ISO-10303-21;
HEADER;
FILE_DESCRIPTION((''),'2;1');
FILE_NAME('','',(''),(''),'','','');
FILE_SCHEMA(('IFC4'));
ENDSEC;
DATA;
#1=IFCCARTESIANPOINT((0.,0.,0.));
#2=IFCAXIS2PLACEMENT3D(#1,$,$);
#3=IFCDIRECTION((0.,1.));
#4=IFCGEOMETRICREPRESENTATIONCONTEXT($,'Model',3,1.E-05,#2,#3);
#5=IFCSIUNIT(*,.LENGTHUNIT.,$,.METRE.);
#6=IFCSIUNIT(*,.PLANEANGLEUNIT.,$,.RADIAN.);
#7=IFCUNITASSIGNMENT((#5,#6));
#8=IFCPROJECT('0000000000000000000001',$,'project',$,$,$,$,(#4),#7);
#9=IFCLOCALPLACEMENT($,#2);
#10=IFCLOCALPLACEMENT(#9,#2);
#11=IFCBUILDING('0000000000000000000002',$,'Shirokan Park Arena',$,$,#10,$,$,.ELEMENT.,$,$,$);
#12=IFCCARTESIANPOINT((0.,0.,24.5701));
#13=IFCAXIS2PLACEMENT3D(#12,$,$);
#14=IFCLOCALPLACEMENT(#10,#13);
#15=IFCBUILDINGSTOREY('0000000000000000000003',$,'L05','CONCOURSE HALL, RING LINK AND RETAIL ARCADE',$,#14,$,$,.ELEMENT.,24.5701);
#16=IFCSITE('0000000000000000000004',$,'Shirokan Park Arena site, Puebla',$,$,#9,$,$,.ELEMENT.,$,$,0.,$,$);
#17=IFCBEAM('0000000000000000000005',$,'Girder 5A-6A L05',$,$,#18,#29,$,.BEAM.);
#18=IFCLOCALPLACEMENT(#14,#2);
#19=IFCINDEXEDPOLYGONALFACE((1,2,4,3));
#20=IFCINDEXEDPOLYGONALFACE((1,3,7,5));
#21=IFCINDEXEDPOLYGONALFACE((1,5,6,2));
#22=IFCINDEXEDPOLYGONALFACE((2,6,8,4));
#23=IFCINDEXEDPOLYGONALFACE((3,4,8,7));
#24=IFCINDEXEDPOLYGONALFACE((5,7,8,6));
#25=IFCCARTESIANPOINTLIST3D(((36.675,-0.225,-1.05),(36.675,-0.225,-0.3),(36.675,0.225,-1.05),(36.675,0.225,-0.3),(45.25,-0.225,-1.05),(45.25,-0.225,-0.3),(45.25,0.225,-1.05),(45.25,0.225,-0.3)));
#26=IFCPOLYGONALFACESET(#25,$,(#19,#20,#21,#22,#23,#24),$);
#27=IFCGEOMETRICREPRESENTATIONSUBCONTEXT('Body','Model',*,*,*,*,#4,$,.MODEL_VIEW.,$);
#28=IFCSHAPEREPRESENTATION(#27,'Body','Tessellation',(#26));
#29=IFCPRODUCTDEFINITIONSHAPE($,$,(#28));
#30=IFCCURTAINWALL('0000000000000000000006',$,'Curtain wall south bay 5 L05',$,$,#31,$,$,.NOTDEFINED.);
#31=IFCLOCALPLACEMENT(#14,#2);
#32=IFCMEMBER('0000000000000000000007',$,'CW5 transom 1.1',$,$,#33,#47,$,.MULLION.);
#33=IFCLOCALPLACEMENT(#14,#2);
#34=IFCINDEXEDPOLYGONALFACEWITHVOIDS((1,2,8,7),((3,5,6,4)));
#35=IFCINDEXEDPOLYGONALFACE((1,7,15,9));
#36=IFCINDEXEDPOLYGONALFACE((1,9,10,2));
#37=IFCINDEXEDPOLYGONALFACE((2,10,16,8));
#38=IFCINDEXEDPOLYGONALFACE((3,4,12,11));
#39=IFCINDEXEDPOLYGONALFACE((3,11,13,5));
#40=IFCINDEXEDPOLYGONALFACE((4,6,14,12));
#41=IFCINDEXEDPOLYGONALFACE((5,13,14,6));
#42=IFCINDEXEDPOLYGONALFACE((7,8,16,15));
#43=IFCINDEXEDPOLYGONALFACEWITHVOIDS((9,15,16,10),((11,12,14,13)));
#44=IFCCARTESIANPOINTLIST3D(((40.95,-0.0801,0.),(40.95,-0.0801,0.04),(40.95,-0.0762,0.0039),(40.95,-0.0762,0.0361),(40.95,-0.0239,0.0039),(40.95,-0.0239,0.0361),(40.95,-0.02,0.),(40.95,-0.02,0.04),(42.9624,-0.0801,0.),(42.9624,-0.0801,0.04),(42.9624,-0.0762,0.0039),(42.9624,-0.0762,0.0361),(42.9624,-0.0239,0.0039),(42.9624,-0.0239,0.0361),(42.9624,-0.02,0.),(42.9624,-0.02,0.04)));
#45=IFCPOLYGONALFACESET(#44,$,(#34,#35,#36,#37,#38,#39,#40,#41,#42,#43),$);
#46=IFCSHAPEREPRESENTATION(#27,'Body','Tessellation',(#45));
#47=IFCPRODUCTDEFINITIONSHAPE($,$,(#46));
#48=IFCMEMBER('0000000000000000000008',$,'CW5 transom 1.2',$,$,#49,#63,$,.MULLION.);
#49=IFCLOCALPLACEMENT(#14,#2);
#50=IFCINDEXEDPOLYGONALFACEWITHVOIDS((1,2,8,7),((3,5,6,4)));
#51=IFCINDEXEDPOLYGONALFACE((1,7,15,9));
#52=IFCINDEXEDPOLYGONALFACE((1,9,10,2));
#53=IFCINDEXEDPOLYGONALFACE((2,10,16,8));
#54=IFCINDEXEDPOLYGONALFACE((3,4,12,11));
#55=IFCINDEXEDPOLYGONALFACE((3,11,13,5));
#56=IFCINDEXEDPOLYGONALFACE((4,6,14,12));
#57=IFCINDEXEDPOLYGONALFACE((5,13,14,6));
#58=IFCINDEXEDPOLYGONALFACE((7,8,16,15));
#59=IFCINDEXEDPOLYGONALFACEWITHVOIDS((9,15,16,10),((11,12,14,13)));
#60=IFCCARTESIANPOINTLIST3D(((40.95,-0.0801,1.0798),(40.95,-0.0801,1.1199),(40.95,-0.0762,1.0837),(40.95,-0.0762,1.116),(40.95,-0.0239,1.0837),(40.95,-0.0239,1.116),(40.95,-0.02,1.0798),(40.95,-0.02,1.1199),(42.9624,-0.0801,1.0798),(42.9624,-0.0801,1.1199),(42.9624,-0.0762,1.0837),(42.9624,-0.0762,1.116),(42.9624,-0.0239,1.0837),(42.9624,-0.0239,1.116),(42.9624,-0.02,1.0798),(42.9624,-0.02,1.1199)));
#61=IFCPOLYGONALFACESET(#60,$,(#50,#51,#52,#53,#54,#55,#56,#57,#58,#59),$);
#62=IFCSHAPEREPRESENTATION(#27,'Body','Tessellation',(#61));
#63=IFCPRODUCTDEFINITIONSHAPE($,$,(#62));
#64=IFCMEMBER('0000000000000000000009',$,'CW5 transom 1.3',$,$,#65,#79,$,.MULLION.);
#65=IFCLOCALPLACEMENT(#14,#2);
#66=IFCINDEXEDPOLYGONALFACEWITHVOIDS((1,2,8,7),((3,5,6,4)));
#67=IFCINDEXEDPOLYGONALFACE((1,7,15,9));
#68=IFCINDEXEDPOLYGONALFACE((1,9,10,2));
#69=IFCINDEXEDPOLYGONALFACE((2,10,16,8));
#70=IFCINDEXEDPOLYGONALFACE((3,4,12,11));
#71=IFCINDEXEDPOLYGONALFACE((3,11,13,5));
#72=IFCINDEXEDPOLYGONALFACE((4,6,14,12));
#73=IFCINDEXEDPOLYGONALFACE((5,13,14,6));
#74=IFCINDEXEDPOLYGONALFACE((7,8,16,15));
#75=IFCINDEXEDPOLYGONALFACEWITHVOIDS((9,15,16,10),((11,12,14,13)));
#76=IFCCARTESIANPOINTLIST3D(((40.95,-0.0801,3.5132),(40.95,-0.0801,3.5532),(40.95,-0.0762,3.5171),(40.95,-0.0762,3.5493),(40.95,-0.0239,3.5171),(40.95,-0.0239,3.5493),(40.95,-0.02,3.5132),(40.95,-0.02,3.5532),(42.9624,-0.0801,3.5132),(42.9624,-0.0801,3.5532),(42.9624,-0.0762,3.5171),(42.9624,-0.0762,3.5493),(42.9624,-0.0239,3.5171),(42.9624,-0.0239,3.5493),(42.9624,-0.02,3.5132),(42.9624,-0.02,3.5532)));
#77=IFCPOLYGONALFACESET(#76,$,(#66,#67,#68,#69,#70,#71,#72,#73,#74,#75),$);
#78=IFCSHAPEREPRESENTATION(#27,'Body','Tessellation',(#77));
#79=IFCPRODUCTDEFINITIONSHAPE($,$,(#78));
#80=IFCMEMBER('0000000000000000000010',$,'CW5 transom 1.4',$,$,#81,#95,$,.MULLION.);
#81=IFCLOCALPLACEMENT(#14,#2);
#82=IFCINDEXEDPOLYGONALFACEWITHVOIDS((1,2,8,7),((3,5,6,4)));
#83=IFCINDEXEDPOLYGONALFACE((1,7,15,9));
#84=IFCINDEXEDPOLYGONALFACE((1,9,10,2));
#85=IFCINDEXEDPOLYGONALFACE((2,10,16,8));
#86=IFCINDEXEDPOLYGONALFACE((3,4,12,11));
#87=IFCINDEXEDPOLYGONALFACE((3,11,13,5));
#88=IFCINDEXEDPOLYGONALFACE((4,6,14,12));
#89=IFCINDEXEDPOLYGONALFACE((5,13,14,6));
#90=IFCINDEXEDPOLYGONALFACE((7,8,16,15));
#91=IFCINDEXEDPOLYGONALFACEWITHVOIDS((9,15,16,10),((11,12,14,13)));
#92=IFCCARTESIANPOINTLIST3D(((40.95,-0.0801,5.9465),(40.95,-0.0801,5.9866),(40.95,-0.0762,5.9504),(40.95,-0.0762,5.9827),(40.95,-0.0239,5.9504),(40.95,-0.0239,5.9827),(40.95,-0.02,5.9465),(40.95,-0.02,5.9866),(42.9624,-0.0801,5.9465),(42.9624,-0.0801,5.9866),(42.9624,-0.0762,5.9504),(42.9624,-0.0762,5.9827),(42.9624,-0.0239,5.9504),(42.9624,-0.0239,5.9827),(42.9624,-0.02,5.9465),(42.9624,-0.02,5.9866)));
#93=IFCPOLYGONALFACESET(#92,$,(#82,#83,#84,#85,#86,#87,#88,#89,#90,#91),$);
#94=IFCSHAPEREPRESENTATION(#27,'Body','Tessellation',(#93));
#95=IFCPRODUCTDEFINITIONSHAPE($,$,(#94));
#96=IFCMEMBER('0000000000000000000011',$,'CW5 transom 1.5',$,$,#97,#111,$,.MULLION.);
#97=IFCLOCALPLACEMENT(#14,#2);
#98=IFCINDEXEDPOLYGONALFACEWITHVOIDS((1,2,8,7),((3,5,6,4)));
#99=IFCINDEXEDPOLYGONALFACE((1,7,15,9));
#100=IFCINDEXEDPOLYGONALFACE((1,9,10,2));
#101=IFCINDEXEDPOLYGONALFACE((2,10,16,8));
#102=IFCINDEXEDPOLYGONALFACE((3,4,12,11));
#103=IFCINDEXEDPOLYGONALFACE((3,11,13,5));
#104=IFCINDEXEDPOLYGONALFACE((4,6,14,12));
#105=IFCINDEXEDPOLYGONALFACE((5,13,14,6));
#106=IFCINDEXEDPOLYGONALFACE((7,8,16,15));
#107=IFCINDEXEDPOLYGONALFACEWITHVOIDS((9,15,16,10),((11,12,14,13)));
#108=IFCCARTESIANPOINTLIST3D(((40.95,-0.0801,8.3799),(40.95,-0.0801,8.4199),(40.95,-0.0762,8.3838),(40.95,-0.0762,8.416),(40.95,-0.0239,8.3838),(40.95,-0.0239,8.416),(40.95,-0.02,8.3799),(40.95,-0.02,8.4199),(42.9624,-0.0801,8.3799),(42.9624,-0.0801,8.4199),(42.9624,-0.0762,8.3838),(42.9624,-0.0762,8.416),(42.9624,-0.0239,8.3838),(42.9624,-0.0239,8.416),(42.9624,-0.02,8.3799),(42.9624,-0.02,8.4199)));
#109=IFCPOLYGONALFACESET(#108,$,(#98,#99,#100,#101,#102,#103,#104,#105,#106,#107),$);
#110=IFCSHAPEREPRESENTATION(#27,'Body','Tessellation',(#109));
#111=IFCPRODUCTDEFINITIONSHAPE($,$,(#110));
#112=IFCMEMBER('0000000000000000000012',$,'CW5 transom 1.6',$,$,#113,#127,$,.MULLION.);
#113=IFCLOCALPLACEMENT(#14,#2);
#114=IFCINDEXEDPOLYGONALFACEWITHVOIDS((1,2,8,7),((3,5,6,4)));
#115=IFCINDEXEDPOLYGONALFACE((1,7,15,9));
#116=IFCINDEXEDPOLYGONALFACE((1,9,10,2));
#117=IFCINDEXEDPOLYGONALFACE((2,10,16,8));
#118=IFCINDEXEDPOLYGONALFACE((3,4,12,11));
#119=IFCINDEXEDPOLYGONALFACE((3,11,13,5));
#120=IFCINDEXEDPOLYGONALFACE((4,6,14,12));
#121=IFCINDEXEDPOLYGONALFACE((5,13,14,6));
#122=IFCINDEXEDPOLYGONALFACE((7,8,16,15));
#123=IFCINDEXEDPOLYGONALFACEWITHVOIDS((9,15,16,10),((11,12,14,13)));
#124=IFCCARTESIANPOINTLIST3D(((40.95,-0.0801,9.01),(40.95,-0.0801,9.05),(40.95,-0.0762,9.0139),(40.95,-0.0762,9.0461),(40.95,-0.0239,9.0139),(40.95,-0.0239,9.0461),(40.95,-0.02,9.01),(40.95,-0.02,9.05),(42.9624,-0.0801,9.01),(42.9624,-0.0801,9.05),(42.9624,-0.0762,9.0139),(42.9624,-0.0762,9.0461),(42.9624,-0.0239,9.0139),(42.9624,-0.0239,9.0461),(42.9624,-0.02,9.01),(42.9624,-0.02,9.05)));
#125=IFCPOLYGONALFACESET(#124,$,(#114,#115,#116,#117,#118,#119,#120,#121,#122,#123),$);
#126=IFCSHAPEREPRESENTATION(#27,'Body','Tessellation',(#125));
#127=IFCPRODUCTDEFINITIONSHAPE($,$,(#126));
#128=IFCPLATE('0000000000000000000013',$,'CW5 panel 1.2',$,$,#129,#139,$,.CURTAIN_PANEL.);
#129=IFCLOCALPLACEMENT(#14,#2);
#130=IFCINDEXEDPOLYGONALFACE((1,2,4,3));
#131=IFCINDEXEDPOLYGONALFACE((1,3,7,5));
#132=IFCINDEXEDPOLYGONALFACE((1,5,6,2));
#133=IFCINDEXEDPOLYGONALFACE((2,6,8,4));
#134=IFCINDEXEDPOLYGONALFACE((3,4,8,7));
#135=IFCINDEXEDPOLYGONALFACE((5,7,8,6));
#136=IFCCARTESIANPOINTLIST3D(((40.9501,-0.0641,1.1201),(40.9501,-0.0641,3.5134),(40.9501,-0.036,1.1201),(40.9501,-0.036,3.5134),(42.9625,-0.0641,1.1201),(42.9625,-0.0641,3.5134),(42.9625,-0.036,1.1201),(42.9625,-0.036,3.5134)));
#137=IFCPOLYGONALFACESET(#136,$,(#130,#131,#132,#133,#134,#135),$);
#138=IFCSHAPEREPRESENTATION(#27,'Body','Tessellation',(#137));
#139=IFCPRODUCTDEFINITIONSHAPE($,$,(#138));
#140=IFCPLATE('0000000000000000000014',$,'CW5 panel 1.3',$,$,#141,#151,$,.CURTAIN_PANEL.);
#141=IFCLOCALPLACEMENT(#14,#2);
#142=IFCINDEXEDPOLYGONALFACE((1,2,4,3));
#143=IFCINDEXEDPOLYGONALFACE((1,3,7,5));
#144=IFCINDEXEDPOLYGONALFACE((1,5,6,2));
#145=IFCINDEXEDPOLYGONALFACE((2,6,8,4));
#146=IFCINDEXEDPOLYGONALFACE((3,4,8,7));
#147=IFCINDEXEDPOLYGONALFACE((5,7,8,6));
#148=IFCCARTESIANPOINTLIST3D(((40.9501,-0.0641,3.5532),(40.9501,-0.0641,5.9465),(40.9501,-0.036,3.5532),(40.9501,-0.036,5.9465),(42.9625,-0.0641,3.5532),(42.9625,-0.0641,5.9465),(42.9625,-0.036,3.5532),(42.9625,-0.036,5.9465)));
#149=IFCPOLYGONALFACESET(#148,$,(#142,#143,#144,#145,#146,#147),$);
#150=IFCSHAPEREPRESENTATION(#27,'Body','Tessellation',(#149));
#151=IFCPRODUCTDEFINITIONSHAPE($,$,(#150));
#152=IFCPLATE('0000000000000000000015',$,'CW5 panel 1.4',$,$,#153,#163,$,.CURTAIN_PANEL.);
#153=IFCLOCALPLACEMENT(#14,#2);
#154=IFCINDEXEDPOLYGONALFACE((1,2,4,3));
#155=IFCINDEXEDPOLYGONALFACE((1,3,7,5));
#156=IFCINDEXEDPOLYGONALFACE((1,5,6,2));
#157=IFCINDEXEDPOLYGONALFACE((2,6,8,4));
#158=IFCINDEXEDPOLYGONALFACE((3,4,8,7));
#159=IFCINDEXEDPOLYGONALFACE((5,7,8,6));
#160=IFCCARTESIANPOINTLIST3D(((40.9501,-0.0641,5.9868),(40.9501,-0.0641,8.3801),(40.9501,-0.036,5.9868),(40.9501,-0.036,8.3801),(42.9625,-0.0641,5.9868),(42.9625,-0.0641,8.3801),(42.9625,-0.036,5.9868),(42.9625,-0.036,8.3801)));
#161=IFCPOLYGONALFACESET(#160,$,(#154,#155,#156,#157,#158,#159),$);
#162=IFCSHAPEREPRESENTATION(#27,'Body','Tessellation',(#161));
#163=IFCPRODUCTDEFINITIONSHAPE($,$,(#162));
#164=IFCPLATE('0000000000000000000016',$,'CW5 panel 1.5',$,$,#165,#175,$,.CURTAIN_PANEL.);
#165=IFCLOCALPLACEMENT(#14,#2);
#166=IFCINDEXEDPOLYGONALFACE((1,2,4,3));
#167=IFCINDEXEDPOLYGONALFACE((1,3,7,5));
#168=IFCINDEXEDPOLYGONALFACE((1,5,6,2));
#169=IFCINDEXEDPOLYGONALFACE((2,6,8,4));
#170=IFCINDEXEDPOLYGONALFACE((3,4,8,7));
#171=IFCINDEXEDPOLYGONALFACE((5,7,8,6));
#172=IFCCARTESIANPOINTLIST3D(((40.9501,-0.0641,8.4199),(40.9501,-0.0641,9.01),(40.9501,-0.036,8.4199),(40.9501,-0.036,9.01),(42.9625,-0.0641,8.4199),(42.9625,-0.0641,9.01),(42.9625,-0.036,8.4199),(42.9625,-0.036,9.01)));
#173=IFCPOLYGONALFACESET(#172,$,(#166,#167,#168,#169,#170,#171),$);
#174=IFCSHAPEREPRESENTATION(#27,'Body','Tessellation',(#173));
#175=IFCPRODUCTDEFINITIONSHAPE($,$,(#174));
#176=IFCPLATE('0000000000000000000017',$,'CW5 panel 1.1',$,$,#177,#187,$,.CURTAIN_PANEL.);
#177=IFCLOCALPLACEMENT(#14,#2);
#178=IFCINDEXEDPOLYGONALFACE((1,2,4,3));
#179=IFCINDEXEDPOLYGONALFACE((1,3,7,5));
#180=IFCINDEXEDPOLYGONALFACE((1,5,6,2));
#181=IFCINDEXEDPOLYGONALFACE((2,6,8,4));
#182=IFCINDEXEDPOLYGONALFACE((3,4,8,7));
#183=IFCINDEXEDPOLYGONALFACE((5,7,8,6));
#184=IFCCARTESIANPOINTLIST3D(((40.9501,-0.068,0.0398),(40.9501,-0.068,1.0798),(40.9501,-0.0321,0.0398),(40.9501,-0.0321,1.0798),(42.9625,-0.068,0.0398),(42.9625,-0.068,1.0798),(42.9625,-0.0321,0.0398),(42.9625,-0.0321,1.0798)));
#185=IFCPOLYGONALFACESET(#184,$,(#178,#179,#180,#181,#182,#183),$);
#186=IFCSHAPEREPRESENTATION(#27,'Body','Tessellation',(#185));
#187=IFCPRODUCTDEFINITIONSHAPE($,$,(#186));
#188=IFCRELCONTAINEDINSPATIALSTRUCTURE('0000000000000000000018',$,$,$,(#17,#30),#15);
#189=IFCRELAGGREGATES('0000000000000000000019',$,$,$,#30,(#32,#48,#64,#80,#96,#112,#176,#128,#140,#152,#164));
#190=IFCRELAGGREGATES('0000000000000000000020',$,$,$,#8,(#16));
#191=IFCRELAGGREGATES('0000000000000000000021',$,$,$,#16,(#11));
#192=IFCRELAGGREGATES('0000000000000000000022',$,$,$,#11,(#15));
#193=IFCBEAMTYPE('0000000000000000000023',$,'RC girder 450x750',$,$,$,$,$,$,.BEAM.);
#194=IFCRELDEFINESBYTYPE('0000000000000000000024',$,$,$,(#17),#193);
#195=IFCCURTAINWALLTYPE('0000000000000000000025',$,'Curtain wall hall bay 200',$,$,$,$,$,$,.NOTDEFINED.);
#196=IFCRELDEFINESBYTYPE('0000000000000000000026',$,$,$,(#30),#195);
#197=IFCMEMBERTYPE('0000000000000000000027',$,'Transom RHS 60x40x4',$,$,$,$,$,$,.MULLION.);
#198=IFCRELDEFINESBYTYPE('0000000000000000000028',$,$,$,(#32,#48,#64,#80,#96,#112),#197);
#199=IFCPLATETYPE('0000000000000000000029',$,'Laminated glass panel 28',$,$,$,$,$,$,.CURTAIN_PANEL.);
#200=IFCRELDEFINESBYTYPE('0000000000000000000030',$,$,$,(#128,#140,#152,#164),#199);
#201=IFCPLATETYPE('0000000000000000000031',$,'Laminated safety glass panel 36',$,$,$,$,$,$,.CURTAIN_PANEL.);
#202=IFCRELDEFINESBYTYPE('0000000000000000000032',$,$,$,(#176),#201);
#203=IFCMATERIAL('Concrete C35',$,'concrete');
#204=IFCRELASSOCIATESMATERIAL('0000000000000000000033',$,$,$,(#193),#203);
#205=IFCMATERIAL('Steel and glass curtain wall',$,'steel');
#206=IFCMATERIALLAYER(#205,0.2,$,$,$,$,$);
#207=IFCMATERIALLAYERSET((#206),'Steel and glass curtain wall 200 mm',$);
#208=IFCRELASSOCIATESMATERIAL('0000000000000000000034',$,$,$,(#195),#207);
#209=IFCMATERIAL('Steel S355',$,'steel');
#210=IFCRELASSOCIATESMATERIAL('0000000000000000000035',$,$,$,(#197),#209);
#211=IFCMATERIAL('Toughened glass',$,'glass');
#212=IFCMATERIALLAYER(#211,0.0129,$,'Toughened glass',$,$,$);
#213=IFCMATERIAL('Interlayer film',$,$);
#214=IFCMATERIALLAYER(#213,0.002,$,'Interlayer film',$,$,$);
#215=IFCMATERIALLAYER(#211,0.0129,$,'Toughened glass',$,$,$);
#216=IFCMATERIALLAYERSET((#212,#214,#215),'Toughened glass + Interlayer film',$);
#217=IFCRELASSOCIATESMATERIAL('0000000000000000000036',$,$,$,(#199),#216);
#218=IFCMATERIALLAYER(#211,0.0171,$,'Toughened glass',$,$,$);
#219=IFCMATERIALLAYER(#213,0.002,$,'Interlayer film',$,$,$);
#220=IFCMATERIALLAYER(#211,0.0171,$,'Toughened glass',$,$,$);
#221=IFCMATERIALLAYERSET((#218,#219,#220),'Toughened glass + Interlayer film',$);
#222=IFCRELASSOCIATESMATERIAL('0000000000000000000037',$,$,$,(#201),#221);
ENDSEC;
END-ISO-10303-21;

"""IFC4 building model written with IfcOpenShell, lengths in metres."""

from ifc_helpers import new_model, si_unit, direction, frame, origin, origin_2d, place, context, subcontext, project, spatial, rectangle, hollow_rectangle, extrude, material, layer, layer_set, material_profile, profile_set, type_object, element, aggregate, save


model = new_model("IFC4")

# Units and contexts
model_context = context("Model", 3, precision=1e-05, world=origin(), true_north=direction((0.0, 1.0)))
body_context = subcontext(model_context, "Body", "Model", "MODEL_VIEW")
ifc_project = project(units=[si_unit("LENGTHUNIT", "METRE"), si_unit("PLANEANGLEUNIT", "RADIAN")], contexts=[model_context])

# Site, building, storey
site_placement = place(None, origin())
site = spatial("IfcSite", under=ifc_project, at=site_placement, Name="Shirokan Park Arena site, Puebla", CompositionType="ELEMENT", RefElevation=0.0)
building_placement = place(site_placement, origin())
building = spatial("IfcBuilding", under=site, at=building_placement, Name="Shirokan Park Arena", CompositionType="ELEMENT")
storey_placement = place(building_placement, frame((0.0, 0.0, 24.5701)))
storey = spatial("IfcBuildingStorey", under=building, at=storey_placement, Name="L05", Description="CONCOURSE HALL, RING LINK AND RETAIL ARCADE", CompositionType="ELEMENT", Elevation=24.5701)

# Beam
ifc_material_1 = material(Name="Concrete C35", Category="concrete")
ifc_material_profile_1 = material_profile(ifc_material_1, rectangle(XDim=0.45, YDim=0.75, at=origin_2d()), Name="450x750")
ifc_profile_set_1 = profile_set([ifc_material_profile_1], Name="Concrete C35")
beam_type = type_object("IfcBeamType", Name="RC girder 450x750", PredefinedType="BEAM", material=ifc_profile_set_1)
beam_placement = place(storey_placement, frame((36.675, 0.0, -0.675), z_axis=(1.0, 0.0, 0.0), x_axis=(0.0, 1.0, 0.0)))
element("IfcBeam", 1, at=beam_placement, inside=storey, type_object=beam_type, Name="Girder 5A-6A L05", PredefinedType="BEAM", context=body_context, shape_type="SweptSolid", body=[
    extrude(rectangle(XDim=0.45, YDim=0.75, at=origin_2d()), origin(), (0.0, 0.0, 1.0), 8.575),
])

# Curtain wall, members, plates
ifc_material_2 = material(Name="Steel and glass curtain wall", Category="steel")
ifc_layer_1 = layer(ifc_material_2, 0.2)
ifc_layer_set_1 = layer_set([ifc_layer_1], Name="Steel and glass curtain wall 200 mm")
curtain_wall_type = type_object("IfcCurtainWallType", Name="Curtain wall hall bay 200", PredefinedType="NOTDEFINED", material=ifc_layer_set_1)
curtain_wall_placement = place(storey_placement, origin())
curtain_wall = element("IfcCurtainWall", 2, at=curtain_wall_placement, inside=storey, type_object=curtain_wall_type, Name="Curtain wall south bay 5 L05", PredefinedType="NOTDEFINED")
ifc_material_3 = material(Name="Steel S355", Category="steel")
ifc_material_profile_2 = material_profile(ifc_material_3, hollow_rectangle(XDim=0.0601, YDim=0.04, WallThickness=0.0039, at=origin_2d()), Name="RHS 60x40x4")
ifc_profile_set_2 = profile_set([ifc_material_profile_2], Name="Steel S355")
member_type = type_object("IfcMemberType", Name="Transom RHS 60x40x4", PredefinedType="MULLION", material=ifc_profile_set_2)
member_1_placement = place(storey_placement, frame((40.95, -0.05, 0.02), z_axis=(1.0, 0.0, 0.0), x_axis=(0.0, 1.0, 0.0)))
member_1 = element("IfcMember", 3, at=member_1_placement, type_object=member_type, Name="CW5 transom 1.1", PredefinedType="MULLION", context=body_context, shape_type="SweptSolid", body=[
    extrude(hollow_rectangle(XDim=0.0601, YDim=0.04, WallThickness=0.0039, at=origin_2d()), origin(), (0.0, 0.0, 1.0), 2.0125),
])
member_2_placement = place(storey_placement, frame((40.95, -0.05, 1.0999), z_axis=(1.0, 0.0, 0.0), x_axis=(0.0, 1.0, 0.0)))
member_2 = element("IfcMember", 4, at=member_2_placement, type_object=member_type, Name="CW5 transom 1.2", PredefinedType="MULLION", context=body_context, shape_type="SweptSolid", body=[
    extrude(hollow_rectangle(XDim=0.0601, YDim=0.04, WallThickness=0.0039, at=origin_2d()), origin(), (0.0, 0.0, 1.0), 2.0125),
])
member_3_placement = place(storey_placement, frame((40.95, -0.05, 3.5332), z_axis=(1.0, 0.0, 0.0), x_axis=(0.0, 1.0, 0.0)))
member_3 = element("IfcMember", 5, at=member_3_placement, type_object=member_type, Name="CW5 transom 1.3", PredefinedType="MULLION", context=body_context, shape_type="SweptSolid", body=[
    extrude(hollow_rectangle(XDim=0.0601, YDim=0.04, WallThickness=0.0039, at=origin_2d()), origin(), (0.0, 0.0, 1.0), 2.0125),
])
member_4_placement = place(storey_placement, frame((40.95, -0.05, 5.9666), z_axis=(1.0, 0.0, 0.0), x_axis=(0.0, 1.0, 0.0)))
member_4 = element("IfcMember", 6, at=member_4_placement, type_object=member_type, Name="CW5 transom 1.4", PredefinedType="MULLION", context=body_context, shape_type="SweptSolid", body=[
    extrude(hollow_rectangle(XDim=0.0601, YDim=0.04, WallThickness=0.0039, at=origin_2d()), origin(), (0.0, 0.0, 1.0), 2.0125),
])
member_5_placement = place(storey_placement, frame((40.95, -0.05, 8.3999), z_axis=(1.0, 0.0, 0.0), x_axis=(0.0, 1.0, 0.0)))
member_5 = element("IfcMember", 7, at=member_5_placement, type_object=member_type, Name="CW5 transom 1.5", PredefinedType="MULLION", context=body_context, shape_type="SweptSolid", body=[
    extrude(hollow_rectangle(XDim=0.0601, YDim=0.04, WallThickness=0.0039, at=origin_2d()), origin(), (0.0, 0.0, 1.0), 2.0125),
])
member_6_placement = place(storey_placement, frame((40.95, -0.05, 9.03), z_axis=(1.0, 0.0, 0.0), x_axis=(0.0, 1.0, 0.0)))
member_6 = element("IfcMember", 8, at=member_6_placement, type_object=member_type, Name="CW5 transom 1.6", PredefinedType="MULLION", context=body_context, shape_type="SweptSolid", body=[
    extrude(hollow_rectangle(XDim=0.0601, YDim=0.04, WallThickness=0.0039, at=origin_2d()), origin(), (0.0, 0.0, 1.0), 2.0125),
])
ifc_material_4 = material(Name="Toughened glass", Category="glass")
ifc_layer_2 = layer(ifc_material_4, 0.0129, Name="Toughened glass")
ifc_material_5 = material(Name="Interlayer film")
ifc_layer_3 = layer(ifc_material_5, 0.002, Name="Interlayer film")
ifc_layer_4 = layer(ifc_material_4, 0.0129, Name="Toughened glass")
ifc_layer_set_2 = layer_set([ifc_layer_2, ifc_layer_3, ifc_layer_4], Name="Toughened glass + Interlayer film")
plate_type_1 = type_object("IfcPlateType", Name="Laminated glass panel 28", PredefinedType="CURTAIN_PANEL", material=ifc_layer_set_2)
plate_1_placement = place(storey_placement, frame((41.9563, -0.05, 1.1201), z_axis=(0.0, 0.0, 1.0), x_axis=(1.0, 0.0, 0.0)))
plate_1 = element("IfcPlate", 9, at=plate_1_placement, type_object=plate_type_1, Name="CW5 panel 1.2", PredefinedType="CURTAIN_PANEL", context=body_context, shape_type="SweptSolid", body=[
    extrude(rectangle(XDim=2.0125, YDim=0.0281, at=origin_2d()), origin(), (0.0, 0.0, 1.0), 2.3933),
])
plate_2_placement = place(storey_placement, frame((41.9563, -0.05, 3.5532), z_axis=(0.0, 0.0, 1.0), x_axis=(1.0, 0.0, 0.0)))
plate_2 = element("IfcPlate", 10, at=plate_2_placement, type_object=plate_type_1, Name="CW5 panel 1.3", PredefinedType="CURTAIN_PANEL", context=body_context, shape_type="SweptSolid", body=[
    extrude(rectangle(XDim=2.0125, YDim=0.0281, at=origin_2d()), origin(), (0.0, 0.0, 1.0), 2.3933),
])
plate_3_placement = place(storey_placement, frame((41.9563, -0.05, 5.9868), z_axis=(0.0, 0.0, 1.0), x_axis=(1.0, 0.0, 0.0)))
plate_3 = element("IfcPlate", 11, at=plate_3_placement, type_object=plate_type_1, Name="CW5 panel 1.4", PredefinedType="CURTAIN_PANEL", context=body_context, shape_type="SweptSolid", body=[
    extrude(rectangle(XDim=2.0125, YDim=0.0281, at=origin_2d()), origin(), (0.0, 0.0, 1.0), 2.3933),
])
plate_4_placement = place(storey_placement, frame((41.9563, -0.05, 8.4199), z_axis=(0.0, 0.0, 1.0), x_axis=(1.0, 0.0, 0.0)))
plate_4 = element("IfcPlate", 12, at=plate_4_placement, type_object=plate_type_1, Name="CW5 panel 1.5", PredefinedType="CURTAIN_PANEL", context=body_context, shape_type="SweptSolid", body=[
    extrude(rectangle(XDim=2.0125, YDim=0.0281, at=origin_2d()), origin(), (0.0, 0.0, 1.0), 0.5901),
])
ifc_layer_5 = layer(ifc_material_4, 0.0171, Name="Toughened glass")
ifc_layer_6 = layer(ifc_material_5, 0.002, Name="Interlayer film")
ifc_layer_7 = layer(ifc_material_4, 0.0171, Name="Toughened glass")
ifc_layer_set_3 = layer_set([ifc_layer_5, ifc_layer_6, ifc_layer_7], Name="Toughened glass + Interlayer film")
plate_type_2 = type_object("IfcPlateType", Name="Laminated safety glass panel 36", PredefinedType="CURTAIN_PANEL", material=ifc_layer_set_3)
plate_5_placement = place(storey_placement, frame((41.9563, -0.05, 0.0398), z_axis=(0.0, 0.0, 1.0), x_axis=(1.0, 0.0, 0.0)))
plate_5 = element("IfcPlate", 13, at=plate_5_placement, type_object=plate_type_2, Name="CW5 panel 1.1", PredefinedType="CURTAIN_PANEL", context=body_context, shape_type="SweptSolid", body=[
    extrude(rectangle(XDim=2.0125, YDim=0.0359, at=origin_2d()), origin(), (0.0, 0.0, 1.0), 1.04),
])
aggregate(curtain_wall, [member_1, member_2, member_3, member_4, member_5, member_6, plate_5, plate_1, plate_2, plate_3, plate_4])

save(model, "model.ifc")
